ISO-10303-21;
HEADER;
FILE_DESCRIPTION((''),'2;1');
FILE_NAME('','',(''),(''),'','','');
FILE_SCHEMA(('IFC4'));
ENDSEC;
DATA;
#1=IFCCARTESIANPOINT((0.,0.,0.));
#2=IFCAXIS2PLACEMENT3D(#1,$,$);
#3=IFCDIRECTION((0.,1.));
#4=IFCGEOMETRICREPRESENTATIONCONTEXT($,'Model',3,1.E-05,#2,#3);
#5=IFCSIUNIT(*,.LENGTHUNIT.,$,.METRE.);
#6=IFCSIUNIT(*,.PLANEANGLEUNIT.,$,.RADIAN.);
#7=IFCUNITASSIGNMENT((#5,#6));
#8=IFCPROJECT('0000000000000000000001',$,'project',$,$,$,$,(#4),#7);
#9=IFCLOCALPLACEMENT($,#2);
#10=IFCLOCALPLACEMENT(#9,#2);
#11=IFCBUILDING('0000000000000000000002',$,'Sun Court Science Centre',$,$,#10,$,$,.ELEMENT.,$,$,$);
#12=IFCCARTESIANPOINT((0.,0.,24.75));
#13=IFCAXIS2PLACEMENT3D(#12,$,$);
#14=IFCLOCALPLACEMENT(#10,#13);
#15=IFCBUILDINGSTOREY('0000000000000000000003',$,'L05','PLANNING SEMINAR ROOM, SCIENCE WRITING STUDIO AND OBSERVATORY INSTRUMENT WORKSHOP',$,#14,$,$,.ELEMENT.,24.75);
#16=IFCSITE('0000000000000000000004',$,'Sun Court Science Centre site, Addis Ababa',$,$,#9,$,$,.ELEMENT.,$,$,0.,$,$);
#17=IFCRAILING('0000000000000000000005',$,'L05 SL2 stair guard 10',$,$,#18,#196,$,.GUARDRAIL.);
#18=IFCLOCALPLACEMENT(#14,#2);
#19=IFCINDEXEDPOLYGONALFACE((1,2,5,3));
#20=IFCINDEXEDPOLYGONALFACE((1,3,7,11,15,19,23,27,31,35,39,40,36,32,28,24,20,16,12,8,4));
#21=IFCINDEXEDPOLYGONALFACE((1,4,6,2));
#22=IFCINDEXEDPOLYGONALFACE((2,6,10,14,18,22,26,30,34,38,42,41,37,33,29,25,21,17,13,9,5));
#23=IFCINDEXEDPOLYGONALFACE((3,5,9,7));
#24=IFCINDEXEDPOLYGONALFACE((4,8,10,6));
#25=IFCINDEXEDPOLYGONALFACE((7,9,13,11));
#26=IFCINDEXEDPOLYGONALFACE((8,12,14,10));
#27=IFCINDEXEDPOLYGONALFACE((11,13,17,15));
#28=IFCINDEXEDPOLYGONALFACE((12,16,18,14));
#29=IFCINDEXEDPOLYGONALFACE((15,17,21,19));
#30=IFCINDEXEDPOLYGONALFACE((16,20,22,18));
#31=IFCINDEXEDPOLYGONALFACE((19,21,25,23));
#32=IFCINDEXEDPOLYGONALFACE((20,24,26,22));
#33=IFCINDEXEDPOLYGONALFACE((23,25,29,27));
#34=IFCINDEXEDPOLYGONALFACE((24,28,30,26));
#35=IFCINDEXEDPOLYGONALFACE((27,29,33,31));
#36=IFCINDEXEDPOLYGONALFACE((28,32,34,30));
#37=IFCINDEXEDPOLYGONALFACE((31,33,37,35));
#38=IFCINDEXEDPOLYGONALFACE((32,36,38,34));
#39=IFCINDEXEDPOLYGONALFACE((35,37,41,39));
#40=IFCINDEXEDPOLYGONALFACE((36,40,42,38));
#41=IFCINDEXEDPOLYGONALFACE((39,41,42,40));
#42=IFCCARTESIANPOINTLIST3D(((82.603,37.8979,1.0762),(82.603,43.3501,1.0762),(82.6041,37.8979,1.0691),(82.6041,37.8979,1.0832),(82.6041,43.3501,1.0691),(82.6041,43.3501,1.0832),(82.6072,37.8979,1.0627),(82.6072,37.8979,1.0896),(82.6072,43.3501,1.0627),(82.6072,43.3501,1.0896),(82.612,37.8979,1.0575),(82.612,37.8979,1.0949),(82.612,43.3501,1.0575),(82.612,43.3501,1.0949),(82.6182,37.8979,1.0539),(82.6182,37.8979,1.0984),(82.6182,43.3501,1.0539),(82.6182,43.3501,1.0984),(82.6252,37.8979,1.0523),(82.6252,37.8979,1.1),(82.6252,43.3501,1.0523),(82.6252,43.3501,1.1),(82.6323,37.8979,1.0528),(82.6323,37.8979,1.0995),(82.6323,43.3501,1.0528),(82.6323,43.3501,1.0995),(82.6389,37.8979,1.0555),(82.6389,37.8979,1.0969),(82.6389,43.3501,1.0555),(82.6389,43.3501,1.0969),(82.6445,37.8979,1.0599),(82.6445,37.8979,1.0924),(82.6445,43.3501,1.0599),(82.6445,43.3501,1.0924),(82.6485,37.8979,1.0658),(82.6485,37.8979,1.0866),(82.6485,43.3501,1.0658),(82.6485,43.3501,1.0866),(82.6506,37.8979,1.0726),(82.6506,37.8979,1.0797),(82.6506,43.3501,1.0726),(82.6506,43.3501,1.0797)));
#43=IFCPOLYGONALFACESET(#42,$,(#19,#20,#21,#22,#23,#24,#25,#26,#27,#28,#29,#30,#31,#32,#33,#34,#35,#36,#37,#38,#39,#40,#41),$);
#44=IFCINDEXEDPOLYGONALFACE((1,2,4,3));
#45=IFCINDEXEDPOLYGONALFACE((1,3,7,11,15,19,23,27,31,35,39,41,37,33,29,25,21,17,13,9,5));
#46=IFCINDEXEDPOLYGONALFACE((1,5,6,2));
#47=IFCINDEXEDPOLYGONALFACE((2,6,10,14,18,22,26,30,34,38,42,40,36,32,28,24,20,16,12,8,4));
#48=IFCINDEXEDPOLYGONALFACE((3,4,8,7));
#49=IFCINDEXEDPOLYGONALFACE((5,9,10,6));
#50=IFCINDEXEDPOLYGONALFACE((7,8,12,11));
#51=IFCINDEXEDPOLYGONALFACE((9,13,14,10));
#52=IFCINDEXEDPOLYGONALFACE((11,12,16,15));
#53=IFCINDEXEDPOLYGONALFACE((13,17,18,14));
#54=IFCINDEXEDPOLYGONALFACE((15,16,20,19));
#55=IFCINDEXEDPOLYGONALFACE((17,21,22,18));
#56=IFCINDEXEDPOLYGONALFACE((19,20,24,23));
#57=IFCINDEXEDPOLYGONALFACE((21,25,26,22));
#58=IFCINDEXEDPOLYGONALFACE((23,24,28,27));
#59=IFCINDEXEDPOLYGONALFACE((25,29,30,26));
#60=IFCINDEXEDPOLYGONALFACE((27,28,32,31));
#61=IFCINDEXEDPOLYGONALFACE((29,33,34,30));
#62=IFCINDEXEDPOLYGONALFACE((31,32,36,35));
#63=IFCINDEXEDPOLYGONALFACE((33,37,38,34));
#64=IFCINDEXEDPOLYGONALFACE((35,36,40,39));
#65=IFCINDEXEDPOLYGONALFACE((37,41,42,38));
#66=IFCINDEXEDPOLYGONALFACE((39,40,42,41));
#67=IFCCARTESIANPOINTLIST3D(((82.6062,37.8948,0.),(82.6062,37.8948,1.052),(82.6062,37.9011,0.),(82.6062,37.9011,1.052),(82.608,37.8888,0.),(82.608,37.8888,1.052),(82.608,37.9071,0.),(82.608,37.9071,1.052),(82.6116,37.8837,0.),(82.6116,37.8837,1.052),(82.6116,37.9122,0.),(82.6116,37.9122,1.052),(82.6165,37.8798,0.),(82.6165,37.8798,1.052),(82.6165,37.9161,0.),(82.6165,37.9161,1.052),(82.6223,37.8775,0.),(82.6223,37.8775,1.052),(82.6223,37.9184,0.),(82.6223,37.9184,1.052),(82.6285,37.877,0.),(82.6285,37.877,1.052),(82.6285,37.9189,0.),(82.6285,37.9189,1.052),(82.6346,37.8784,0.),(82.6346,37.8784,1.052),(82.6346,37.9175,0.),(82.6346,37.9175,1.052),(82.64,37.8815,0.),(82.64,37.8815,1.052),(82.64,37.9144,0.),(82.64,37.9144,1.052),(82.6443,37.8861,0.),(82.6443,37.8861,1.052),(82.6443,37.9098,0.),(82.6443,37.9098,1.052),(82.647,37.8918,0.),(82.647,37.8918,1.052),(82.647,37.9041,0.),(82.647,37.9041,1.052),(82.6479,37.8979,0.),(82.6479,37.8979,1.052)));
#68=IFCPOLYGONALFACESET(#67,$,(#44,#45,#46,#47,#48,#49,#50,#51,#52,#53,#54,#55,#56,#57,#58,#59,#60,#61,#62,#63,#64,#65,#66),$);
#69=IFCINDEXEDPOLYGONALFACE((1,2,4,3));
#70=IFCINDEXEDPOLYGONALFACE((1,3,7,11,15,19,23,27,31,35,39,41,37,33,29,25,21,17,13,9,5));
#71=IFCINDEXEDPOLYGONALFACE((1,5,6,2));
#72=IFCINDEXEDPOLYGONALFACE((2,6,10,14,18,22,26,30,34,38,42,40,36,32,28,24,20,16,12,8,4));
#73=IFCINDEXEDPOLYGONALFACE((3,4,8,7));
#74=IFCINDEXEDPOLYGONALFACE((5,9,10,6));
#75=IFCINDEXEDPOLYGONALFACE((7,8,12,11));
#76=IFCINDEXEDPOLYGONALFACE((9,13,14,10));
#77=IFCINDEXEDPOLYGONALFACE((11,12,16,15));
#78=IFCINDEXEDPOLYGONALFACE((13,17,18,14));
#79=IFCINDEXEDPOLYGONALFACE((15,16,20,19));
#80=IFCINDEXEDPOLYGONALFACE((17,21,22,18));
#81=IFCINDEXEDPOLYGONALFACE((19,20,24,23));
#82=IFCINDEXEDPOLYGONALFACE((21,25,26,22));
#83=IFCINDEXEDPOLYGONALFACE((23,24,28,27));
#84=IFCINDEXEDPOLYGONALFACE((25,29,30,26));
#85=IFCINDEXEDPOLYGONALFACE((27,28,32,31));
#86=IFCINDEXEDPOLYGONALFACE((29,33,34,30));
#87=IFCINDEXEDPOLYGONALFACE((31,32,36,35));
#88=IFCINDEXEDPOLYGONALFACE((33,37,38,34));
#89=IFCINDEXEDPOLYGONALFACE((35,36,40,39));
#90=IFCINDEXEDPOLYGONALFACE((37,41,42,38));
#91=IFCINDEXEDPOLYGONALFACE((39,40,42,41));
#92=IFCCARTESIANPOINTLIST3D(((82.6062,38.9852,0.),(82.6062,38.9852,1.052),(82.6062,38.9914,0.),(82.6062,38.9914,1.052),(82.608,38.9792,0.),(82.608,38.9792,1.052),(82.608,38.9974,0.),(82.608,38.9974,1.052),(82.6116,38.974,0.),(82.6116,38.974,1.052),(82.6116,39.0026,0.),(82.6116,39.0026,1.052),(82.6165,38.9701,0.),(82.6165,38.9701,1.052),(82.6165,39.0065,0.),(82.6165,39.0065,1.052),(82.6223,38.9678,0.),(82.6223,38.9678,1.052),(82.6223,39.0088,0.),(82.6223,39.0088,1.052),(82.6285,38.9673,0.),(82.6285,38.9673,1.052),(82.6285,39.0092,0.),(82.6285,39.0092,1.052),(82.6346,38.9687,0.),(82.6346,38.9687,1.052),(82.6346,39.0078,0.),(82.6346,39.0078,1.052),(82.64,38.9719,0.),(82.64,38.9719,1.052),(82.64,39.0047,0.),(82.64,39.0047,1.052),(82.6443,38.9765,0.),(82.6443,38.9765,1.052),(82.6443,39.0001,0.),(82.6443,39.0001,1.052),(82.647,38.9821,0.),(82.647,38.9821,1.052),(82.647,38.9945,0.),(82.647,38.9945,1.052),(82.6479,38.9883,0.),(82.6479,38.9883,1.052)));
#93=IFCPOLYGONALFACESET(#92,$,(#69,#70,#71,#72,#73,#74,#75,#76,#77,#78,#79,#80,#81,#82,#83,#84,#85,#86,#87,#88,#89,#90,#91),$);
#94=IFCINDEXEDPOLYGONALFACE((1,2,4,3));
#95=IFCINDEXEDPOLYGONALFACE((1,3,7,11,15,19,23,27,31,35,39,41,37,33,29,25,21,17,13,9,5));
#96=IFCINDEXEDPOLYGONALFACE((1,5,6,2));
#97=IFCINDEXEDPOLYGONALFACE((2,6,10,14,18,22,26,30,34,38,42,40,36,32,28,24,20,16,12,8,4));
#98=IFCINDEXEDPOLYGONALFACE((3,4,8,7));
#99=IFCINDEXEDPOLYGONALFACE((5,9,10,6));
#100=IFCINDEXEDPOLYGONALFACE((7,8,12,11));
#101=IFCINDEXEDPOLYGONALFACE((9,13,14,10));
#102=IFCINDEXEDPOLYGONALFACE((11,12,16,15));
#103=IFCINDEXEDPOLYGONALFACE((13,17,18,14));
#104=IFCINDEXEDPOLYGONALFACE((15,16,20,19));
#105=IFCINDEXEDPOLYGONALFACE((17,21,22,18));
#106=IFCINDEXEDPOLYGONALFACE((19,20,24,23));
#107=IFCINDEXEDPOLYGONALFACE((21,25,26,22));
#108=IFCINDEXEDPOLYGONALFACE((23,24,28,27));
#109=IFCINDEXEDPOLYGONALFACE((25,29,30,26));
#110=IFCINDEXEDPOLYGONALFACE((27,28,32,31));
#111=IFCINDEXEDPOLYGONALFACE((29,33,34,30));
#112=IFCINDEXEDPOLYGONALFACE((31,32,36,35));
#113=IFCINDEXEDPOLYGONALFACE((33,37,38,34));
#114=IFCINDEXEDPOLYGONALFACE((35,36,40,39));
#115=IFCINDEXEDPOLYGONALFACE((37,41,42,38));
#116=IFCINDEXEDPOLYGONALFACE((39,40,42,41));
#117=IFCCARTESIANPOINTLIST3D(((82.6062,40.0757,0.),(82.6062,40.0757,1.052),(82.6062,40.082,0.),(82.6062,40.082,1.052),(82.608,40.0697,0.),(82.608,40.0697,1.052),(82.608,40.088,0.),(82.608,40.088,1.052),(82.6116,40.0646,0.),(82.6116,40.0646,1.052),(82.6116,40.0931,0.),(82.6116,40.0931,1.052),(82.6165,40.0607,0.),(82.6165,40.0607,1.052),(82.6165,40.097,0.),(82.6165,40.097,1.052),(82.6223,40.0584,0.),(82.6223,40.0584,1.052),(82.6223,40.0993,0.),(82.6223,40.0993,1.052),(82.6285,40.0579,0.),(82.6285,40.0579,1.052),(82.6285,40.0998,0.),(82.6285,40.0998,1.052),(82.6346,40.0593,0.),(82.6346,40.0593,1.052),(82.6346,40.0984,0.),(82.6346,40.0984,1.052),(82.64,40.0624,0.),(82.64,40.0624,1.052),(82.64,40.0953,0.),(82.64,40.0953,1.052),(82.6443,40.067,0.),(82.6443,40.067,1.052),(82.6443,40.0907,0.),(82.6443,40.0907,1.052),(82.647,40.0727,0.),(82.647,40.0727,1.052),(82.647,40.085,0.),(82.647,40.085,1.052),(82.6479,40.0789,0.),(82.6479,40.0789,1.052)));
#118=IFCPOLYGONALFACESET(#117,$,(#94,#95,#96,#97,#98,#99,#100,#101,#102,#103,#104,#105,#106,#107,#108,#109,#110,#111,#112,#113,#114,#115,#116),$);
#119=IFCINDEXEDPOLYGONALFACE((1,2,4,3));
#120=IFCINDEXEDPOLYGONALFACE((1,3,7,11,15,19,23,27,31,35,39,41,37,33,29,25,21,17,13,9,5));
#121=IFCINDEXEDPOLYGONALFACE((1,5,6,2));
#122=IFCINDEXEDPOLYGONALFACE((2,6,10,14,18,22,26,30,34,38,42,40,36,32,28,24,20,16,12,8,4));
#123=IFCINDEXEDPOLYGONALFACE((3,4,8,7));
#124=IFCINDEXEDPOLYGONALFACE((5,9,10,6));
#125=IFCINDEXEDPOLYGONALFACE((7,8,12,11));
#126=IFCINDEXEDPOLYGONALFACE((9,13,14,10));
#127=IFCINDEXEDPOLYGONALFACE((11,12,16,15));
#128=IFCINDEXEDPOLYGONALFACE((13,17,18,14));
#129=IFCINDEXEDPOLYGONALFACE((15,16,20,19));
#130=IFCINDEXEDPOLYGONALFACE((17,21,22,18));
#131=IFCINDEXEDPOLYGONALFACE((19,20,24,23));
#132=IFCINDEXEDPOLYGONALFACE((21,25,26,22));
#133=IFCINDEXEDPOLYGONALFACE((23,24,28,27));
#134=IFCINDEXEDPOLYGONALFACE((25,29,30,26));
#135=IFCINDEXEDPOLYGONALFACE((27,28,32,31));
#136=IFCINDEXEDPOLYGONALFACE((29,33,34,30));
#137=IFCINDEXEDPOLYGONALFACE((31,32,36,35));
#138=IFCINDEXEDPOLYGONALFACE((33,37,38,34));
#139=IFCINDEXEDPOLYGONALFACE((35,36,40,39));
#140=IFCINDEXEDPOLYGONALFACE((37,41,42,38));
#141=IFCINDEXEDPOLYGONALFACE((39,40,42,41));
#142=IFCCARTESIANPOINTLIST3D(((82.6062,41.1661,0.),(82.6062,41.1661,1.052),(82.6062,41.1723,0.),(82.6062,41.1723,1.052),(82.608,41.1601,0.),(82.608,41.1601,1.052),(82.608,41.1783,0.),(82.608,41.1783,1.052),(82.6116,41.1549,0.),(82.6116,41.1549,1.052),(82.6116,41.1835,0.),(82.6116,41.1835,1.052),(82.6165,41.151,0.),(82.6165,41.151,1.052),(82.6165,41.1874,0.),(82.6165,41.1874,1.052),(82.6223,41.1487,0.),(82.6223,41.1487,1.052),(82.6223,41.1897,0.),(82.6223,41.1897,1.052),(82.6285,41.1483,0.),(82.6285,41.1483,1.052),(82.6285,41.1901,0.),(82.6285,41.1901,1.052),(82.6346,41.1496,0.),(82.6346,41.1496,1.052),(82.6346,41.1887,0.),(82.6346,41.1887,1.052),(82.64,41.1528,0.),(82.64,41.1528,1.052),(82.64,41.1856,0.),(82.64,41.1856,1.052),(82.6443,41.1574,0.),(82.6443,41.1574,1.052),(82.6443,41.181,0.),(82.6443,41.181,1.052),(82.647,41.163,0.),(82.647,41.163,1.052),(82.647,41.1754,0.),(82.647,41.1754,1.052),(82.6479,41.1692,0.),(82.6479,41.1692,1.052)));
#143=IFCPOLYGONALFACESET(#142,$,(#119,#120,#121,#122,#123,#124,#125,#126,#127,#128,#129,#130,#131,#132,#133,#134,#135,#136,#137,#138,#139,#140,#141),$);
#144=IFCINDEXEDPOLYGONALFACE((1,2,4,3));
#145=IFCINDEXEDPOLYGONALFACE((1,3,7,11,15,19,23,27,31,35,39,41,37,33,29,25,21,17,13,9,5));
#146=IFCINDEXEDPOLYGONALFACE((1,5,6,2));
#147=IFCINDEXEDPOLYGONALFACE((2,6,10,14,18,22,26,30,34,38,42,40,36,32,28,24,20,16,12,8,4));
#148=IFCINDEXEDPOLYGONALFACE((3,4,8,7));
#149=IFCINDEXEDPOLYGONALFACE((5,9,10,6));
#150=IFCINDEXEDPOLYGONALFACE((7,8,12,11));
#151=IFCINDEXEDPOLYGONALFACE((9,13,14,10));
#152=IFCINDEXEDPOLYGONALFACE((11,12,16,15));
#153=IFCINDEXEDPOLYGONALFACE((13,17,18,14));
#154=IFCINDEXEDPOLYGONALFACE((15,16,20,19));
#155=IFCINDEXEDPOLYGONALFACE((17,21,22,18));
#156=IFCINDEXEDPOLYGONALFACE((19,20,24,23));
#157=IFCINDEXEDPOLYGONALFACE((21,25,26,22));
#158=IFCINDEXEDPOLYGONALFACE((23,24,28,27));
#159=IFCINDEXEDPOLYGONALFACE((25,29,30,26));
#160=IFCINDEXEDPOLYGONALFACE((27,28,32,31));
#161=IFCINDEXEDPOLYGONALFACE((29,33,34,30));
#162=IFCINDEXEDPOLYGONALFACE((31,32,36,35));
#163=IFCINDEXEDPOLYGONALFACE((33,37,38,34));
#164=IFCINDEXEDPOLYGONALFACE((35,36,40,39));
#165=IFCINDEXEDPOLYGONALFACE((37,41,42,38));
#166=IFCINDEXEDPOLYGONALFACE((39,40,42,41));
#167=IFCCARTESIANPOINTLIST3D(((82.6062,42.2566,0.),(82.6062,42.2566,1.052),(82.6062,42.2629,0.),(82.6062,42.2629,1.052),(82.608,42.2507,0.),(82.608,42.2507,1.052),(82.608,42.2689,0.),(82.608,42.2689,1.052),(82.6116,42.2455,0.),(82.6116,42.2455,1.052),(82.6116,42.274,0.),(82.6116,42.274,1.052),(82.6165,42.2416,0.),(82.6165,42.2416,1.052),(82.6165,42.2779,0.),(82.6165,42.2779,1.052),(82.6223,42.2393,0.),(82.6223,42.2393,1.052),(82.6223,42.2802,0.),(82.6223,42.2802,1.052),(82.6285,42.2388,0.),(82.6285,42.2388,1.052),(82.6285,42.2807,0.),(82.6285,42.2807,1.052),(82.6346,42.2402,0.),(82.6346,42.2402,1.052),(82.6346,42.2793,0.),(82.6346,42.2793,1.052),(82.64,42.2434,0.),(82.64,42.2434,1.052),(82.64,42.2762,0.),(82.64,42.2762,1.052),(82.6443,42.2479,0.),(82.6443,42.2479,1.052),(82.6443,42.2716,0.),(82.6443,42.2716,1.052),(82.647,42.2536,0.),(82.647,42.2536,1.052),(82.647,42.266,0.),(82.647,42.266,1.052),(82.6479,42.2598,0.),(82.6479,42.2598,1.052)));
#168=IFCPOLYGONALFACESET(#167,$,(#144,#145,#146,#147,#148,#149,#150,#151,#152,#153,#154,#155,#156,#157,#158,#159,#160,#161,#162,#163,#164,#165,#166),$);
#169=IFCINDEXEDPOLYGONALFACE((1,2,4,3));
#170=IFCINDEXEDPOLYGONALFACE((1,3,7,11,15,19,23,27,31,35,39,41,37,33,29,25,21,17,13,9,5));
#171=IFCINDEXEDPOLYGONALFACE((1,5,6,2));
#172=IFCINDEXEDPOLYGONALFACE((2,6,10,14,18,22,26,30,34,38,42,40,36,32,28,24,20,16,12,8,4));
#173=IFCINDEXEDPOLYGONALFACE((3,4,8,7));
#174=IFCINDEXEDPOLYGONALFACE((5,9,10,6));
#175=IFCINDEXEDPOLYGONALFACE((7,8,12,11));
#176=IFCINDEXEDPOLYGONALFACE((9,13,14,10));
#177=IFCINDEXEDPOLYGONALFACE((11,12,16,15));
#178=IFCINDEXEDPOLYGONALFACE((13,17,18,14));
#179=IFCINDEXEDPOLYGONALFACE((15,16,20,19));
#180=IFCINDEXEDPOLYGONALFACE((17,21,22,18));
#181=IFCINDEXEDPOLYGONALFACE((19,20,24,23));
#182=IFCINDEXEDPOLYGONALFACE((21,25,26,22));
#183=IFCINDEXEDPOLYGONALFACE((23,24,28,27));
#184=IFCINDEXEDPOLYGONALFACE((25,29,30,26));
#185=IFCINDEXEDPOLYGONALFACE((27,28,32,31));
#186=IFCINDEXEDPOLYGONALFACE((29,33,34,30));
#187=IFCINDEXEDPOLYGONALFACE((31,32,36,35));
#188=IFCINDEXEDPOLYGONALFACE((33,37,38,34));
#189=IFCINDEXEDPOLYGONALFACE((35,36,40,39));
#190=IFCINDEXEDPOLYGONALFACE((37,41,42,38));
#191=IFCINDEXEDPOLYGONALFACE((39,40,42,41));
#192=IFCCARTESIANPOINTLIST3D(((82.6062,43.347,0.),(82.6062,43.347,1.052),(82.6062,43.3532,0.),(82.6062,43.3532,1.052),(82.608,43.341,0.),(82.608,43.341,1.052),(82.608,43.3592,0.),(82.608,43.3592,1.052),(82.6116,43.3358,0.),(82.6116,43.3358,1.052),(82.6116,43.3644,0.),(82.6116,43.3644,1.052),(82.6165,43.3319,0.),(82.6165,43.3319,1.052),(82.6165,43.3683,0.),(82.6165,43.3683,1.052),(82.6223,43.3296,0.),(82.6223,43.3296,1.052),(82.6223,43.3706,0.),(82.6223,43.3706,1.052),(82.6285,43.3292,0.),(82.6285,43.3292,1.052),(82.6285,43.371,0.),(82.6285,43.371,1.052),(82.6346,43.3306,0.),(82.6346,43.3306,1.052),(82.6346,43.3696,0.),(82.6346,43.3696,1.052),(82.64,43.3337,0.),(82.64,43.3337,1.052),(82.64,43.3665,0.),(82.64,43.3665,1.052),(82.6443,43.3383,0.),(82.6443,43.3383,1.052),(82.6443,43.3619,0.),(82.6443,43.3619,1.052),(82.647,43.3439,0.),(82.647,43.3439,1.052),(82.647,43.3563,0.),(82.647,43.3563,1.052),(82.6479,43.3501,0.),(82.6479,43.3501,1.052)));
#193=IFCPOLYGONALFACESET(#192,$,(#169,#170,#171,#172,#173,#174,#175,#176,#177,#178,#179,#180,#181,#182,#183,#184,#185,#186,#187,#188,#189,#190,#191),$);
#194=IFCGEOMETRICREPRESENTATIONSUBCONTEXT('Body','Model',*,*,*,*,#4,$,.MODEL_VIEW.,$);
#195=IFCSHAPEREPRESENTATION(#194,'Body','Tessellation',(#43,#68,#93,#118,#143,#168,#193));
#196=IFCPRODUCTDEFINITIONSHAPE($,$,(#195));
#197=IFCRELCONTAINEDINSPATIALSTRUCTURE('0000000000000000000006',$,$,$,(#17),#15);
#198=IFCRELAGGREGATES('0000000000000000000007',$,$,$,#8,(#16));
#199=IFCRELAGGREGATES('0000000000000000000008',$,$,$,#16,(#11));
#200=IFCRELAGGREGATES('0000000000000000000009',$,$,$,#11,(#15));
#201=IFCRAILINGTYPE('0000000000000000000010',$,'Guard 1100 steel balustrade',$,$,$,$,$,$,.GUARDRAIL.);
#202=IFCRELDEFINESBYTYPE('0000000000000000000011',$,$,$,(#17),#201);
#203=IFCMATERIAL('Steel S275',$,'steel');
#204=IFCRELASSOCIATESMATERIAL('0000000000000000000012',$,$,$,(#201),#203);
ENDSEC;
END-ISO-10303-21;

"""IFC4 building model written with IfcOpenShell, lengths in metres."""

from ifc_helpers import new_model, si_unit, direction, frame, origin, origin_2d, place, context, subcontext, project, spatial, circle, extrude, material, type_object, element, save


model = new_model("IFC4")

# Units and contexts
model_context = context("Model", 3, precision=1e-05, world=origin(), true_north=direction((0.0, 1.0)))
body_context = subcontext(model_context, "Body", "Model", "MODEL_VIEW")
ifc_project = project(units=[si_unit("LENGTHUNIT", "METRE"), si_unit("PLANEANGLEUNIT", "RADIAN")], contexts=[model_context])

# Site, building, storey
site_placement = place(None, origin())
site = spatial("IfcSite", under=ifc_project, at=site_placement, Name="Sun Court Science Centre site, Addis Ababa", CompositionType="ELEMENT", RefElevation=0.0)
building_placement = place(site_placement, origin())
building = spatial("IfcBuilding", under=site, at=building_placement, Name="Sun Court Science Centre", CompositionType="ELEMENT")
storey_placement = place(building_placement, frame((0.0, 0.0, 24.75)))
storey = spatial("IfcBuildingStorey", under=building, at=storey_placement, Name="L05", Description="PLANNING SEMINAR ROOM, SCIENCE WRITING STUDIO AND OBSERVATORY INSTRUMENT WORKSHOP", CompositionType="ELEMENT", Elevation=24.75)

# Railing
ifc_material_1 = material(Name="Steel S275", Category="steel")
railing_type = type_object("IfcRailingType", Name="Guard 1100 steel balustrade", PredefinedType="GUARDRAIL", material=ifc_material_1)
for number, where, name in (
    (1, (82.627, 37.8979, 0.0), "L05 SL2 stair guard 10"),
):
    element("IfcRailing", number, at=place(storey_placement, frame(where)), inside=storey, type_object=railing_type, Name=name, PredefinedType="GUARDRAIL", context=body_context, shape_type="SweptSolid", body=[
        extrude(circle(Radius=0.0239, at=origin_2d()), frame((0.0, 0.0, 1.0762), z_axis=(0.0, 1.0, 0.0), x_axis=(-1.0, 0.0, 0.0)), (0.0, 0.0, 1.0), 5.4521),
        extrude(circle(Radius=0.021, at=origin_2d()), origin(), (0.0, 0.0, 1.0), 1.052),
        extrude(circle(Radius=0.021, at=origin_2d()), frame((0.0, 1.0903, 0.0)), (0.0, 0.0, 1.0), 1.052),
        extrude(circle(Radius=0.021, at=origin_2d()), frame((0.0, 2.1809, 0.0)), (0.0, 0.0, 1.0), 1.052),
        extrude(circle(Radius=0.021, at=origin_2d()), frame((0.0, 3.2712, 0.0)), (0.0, 0.0, 1.0), 1.052),
        extrude(circle(Radius=0.021, at=origin_2d()), frame((0.0, 4.3618, 0.0)), (0.0, 0.0, 1.0), 1.052),
        extrude(circle(Radius=0.021, at=origin_2d()), frame((0.0, 5.4521, 0.0)), (0.0, 0.0, 1.0), 1.052),
    ])

save(model, "model.ifc")
